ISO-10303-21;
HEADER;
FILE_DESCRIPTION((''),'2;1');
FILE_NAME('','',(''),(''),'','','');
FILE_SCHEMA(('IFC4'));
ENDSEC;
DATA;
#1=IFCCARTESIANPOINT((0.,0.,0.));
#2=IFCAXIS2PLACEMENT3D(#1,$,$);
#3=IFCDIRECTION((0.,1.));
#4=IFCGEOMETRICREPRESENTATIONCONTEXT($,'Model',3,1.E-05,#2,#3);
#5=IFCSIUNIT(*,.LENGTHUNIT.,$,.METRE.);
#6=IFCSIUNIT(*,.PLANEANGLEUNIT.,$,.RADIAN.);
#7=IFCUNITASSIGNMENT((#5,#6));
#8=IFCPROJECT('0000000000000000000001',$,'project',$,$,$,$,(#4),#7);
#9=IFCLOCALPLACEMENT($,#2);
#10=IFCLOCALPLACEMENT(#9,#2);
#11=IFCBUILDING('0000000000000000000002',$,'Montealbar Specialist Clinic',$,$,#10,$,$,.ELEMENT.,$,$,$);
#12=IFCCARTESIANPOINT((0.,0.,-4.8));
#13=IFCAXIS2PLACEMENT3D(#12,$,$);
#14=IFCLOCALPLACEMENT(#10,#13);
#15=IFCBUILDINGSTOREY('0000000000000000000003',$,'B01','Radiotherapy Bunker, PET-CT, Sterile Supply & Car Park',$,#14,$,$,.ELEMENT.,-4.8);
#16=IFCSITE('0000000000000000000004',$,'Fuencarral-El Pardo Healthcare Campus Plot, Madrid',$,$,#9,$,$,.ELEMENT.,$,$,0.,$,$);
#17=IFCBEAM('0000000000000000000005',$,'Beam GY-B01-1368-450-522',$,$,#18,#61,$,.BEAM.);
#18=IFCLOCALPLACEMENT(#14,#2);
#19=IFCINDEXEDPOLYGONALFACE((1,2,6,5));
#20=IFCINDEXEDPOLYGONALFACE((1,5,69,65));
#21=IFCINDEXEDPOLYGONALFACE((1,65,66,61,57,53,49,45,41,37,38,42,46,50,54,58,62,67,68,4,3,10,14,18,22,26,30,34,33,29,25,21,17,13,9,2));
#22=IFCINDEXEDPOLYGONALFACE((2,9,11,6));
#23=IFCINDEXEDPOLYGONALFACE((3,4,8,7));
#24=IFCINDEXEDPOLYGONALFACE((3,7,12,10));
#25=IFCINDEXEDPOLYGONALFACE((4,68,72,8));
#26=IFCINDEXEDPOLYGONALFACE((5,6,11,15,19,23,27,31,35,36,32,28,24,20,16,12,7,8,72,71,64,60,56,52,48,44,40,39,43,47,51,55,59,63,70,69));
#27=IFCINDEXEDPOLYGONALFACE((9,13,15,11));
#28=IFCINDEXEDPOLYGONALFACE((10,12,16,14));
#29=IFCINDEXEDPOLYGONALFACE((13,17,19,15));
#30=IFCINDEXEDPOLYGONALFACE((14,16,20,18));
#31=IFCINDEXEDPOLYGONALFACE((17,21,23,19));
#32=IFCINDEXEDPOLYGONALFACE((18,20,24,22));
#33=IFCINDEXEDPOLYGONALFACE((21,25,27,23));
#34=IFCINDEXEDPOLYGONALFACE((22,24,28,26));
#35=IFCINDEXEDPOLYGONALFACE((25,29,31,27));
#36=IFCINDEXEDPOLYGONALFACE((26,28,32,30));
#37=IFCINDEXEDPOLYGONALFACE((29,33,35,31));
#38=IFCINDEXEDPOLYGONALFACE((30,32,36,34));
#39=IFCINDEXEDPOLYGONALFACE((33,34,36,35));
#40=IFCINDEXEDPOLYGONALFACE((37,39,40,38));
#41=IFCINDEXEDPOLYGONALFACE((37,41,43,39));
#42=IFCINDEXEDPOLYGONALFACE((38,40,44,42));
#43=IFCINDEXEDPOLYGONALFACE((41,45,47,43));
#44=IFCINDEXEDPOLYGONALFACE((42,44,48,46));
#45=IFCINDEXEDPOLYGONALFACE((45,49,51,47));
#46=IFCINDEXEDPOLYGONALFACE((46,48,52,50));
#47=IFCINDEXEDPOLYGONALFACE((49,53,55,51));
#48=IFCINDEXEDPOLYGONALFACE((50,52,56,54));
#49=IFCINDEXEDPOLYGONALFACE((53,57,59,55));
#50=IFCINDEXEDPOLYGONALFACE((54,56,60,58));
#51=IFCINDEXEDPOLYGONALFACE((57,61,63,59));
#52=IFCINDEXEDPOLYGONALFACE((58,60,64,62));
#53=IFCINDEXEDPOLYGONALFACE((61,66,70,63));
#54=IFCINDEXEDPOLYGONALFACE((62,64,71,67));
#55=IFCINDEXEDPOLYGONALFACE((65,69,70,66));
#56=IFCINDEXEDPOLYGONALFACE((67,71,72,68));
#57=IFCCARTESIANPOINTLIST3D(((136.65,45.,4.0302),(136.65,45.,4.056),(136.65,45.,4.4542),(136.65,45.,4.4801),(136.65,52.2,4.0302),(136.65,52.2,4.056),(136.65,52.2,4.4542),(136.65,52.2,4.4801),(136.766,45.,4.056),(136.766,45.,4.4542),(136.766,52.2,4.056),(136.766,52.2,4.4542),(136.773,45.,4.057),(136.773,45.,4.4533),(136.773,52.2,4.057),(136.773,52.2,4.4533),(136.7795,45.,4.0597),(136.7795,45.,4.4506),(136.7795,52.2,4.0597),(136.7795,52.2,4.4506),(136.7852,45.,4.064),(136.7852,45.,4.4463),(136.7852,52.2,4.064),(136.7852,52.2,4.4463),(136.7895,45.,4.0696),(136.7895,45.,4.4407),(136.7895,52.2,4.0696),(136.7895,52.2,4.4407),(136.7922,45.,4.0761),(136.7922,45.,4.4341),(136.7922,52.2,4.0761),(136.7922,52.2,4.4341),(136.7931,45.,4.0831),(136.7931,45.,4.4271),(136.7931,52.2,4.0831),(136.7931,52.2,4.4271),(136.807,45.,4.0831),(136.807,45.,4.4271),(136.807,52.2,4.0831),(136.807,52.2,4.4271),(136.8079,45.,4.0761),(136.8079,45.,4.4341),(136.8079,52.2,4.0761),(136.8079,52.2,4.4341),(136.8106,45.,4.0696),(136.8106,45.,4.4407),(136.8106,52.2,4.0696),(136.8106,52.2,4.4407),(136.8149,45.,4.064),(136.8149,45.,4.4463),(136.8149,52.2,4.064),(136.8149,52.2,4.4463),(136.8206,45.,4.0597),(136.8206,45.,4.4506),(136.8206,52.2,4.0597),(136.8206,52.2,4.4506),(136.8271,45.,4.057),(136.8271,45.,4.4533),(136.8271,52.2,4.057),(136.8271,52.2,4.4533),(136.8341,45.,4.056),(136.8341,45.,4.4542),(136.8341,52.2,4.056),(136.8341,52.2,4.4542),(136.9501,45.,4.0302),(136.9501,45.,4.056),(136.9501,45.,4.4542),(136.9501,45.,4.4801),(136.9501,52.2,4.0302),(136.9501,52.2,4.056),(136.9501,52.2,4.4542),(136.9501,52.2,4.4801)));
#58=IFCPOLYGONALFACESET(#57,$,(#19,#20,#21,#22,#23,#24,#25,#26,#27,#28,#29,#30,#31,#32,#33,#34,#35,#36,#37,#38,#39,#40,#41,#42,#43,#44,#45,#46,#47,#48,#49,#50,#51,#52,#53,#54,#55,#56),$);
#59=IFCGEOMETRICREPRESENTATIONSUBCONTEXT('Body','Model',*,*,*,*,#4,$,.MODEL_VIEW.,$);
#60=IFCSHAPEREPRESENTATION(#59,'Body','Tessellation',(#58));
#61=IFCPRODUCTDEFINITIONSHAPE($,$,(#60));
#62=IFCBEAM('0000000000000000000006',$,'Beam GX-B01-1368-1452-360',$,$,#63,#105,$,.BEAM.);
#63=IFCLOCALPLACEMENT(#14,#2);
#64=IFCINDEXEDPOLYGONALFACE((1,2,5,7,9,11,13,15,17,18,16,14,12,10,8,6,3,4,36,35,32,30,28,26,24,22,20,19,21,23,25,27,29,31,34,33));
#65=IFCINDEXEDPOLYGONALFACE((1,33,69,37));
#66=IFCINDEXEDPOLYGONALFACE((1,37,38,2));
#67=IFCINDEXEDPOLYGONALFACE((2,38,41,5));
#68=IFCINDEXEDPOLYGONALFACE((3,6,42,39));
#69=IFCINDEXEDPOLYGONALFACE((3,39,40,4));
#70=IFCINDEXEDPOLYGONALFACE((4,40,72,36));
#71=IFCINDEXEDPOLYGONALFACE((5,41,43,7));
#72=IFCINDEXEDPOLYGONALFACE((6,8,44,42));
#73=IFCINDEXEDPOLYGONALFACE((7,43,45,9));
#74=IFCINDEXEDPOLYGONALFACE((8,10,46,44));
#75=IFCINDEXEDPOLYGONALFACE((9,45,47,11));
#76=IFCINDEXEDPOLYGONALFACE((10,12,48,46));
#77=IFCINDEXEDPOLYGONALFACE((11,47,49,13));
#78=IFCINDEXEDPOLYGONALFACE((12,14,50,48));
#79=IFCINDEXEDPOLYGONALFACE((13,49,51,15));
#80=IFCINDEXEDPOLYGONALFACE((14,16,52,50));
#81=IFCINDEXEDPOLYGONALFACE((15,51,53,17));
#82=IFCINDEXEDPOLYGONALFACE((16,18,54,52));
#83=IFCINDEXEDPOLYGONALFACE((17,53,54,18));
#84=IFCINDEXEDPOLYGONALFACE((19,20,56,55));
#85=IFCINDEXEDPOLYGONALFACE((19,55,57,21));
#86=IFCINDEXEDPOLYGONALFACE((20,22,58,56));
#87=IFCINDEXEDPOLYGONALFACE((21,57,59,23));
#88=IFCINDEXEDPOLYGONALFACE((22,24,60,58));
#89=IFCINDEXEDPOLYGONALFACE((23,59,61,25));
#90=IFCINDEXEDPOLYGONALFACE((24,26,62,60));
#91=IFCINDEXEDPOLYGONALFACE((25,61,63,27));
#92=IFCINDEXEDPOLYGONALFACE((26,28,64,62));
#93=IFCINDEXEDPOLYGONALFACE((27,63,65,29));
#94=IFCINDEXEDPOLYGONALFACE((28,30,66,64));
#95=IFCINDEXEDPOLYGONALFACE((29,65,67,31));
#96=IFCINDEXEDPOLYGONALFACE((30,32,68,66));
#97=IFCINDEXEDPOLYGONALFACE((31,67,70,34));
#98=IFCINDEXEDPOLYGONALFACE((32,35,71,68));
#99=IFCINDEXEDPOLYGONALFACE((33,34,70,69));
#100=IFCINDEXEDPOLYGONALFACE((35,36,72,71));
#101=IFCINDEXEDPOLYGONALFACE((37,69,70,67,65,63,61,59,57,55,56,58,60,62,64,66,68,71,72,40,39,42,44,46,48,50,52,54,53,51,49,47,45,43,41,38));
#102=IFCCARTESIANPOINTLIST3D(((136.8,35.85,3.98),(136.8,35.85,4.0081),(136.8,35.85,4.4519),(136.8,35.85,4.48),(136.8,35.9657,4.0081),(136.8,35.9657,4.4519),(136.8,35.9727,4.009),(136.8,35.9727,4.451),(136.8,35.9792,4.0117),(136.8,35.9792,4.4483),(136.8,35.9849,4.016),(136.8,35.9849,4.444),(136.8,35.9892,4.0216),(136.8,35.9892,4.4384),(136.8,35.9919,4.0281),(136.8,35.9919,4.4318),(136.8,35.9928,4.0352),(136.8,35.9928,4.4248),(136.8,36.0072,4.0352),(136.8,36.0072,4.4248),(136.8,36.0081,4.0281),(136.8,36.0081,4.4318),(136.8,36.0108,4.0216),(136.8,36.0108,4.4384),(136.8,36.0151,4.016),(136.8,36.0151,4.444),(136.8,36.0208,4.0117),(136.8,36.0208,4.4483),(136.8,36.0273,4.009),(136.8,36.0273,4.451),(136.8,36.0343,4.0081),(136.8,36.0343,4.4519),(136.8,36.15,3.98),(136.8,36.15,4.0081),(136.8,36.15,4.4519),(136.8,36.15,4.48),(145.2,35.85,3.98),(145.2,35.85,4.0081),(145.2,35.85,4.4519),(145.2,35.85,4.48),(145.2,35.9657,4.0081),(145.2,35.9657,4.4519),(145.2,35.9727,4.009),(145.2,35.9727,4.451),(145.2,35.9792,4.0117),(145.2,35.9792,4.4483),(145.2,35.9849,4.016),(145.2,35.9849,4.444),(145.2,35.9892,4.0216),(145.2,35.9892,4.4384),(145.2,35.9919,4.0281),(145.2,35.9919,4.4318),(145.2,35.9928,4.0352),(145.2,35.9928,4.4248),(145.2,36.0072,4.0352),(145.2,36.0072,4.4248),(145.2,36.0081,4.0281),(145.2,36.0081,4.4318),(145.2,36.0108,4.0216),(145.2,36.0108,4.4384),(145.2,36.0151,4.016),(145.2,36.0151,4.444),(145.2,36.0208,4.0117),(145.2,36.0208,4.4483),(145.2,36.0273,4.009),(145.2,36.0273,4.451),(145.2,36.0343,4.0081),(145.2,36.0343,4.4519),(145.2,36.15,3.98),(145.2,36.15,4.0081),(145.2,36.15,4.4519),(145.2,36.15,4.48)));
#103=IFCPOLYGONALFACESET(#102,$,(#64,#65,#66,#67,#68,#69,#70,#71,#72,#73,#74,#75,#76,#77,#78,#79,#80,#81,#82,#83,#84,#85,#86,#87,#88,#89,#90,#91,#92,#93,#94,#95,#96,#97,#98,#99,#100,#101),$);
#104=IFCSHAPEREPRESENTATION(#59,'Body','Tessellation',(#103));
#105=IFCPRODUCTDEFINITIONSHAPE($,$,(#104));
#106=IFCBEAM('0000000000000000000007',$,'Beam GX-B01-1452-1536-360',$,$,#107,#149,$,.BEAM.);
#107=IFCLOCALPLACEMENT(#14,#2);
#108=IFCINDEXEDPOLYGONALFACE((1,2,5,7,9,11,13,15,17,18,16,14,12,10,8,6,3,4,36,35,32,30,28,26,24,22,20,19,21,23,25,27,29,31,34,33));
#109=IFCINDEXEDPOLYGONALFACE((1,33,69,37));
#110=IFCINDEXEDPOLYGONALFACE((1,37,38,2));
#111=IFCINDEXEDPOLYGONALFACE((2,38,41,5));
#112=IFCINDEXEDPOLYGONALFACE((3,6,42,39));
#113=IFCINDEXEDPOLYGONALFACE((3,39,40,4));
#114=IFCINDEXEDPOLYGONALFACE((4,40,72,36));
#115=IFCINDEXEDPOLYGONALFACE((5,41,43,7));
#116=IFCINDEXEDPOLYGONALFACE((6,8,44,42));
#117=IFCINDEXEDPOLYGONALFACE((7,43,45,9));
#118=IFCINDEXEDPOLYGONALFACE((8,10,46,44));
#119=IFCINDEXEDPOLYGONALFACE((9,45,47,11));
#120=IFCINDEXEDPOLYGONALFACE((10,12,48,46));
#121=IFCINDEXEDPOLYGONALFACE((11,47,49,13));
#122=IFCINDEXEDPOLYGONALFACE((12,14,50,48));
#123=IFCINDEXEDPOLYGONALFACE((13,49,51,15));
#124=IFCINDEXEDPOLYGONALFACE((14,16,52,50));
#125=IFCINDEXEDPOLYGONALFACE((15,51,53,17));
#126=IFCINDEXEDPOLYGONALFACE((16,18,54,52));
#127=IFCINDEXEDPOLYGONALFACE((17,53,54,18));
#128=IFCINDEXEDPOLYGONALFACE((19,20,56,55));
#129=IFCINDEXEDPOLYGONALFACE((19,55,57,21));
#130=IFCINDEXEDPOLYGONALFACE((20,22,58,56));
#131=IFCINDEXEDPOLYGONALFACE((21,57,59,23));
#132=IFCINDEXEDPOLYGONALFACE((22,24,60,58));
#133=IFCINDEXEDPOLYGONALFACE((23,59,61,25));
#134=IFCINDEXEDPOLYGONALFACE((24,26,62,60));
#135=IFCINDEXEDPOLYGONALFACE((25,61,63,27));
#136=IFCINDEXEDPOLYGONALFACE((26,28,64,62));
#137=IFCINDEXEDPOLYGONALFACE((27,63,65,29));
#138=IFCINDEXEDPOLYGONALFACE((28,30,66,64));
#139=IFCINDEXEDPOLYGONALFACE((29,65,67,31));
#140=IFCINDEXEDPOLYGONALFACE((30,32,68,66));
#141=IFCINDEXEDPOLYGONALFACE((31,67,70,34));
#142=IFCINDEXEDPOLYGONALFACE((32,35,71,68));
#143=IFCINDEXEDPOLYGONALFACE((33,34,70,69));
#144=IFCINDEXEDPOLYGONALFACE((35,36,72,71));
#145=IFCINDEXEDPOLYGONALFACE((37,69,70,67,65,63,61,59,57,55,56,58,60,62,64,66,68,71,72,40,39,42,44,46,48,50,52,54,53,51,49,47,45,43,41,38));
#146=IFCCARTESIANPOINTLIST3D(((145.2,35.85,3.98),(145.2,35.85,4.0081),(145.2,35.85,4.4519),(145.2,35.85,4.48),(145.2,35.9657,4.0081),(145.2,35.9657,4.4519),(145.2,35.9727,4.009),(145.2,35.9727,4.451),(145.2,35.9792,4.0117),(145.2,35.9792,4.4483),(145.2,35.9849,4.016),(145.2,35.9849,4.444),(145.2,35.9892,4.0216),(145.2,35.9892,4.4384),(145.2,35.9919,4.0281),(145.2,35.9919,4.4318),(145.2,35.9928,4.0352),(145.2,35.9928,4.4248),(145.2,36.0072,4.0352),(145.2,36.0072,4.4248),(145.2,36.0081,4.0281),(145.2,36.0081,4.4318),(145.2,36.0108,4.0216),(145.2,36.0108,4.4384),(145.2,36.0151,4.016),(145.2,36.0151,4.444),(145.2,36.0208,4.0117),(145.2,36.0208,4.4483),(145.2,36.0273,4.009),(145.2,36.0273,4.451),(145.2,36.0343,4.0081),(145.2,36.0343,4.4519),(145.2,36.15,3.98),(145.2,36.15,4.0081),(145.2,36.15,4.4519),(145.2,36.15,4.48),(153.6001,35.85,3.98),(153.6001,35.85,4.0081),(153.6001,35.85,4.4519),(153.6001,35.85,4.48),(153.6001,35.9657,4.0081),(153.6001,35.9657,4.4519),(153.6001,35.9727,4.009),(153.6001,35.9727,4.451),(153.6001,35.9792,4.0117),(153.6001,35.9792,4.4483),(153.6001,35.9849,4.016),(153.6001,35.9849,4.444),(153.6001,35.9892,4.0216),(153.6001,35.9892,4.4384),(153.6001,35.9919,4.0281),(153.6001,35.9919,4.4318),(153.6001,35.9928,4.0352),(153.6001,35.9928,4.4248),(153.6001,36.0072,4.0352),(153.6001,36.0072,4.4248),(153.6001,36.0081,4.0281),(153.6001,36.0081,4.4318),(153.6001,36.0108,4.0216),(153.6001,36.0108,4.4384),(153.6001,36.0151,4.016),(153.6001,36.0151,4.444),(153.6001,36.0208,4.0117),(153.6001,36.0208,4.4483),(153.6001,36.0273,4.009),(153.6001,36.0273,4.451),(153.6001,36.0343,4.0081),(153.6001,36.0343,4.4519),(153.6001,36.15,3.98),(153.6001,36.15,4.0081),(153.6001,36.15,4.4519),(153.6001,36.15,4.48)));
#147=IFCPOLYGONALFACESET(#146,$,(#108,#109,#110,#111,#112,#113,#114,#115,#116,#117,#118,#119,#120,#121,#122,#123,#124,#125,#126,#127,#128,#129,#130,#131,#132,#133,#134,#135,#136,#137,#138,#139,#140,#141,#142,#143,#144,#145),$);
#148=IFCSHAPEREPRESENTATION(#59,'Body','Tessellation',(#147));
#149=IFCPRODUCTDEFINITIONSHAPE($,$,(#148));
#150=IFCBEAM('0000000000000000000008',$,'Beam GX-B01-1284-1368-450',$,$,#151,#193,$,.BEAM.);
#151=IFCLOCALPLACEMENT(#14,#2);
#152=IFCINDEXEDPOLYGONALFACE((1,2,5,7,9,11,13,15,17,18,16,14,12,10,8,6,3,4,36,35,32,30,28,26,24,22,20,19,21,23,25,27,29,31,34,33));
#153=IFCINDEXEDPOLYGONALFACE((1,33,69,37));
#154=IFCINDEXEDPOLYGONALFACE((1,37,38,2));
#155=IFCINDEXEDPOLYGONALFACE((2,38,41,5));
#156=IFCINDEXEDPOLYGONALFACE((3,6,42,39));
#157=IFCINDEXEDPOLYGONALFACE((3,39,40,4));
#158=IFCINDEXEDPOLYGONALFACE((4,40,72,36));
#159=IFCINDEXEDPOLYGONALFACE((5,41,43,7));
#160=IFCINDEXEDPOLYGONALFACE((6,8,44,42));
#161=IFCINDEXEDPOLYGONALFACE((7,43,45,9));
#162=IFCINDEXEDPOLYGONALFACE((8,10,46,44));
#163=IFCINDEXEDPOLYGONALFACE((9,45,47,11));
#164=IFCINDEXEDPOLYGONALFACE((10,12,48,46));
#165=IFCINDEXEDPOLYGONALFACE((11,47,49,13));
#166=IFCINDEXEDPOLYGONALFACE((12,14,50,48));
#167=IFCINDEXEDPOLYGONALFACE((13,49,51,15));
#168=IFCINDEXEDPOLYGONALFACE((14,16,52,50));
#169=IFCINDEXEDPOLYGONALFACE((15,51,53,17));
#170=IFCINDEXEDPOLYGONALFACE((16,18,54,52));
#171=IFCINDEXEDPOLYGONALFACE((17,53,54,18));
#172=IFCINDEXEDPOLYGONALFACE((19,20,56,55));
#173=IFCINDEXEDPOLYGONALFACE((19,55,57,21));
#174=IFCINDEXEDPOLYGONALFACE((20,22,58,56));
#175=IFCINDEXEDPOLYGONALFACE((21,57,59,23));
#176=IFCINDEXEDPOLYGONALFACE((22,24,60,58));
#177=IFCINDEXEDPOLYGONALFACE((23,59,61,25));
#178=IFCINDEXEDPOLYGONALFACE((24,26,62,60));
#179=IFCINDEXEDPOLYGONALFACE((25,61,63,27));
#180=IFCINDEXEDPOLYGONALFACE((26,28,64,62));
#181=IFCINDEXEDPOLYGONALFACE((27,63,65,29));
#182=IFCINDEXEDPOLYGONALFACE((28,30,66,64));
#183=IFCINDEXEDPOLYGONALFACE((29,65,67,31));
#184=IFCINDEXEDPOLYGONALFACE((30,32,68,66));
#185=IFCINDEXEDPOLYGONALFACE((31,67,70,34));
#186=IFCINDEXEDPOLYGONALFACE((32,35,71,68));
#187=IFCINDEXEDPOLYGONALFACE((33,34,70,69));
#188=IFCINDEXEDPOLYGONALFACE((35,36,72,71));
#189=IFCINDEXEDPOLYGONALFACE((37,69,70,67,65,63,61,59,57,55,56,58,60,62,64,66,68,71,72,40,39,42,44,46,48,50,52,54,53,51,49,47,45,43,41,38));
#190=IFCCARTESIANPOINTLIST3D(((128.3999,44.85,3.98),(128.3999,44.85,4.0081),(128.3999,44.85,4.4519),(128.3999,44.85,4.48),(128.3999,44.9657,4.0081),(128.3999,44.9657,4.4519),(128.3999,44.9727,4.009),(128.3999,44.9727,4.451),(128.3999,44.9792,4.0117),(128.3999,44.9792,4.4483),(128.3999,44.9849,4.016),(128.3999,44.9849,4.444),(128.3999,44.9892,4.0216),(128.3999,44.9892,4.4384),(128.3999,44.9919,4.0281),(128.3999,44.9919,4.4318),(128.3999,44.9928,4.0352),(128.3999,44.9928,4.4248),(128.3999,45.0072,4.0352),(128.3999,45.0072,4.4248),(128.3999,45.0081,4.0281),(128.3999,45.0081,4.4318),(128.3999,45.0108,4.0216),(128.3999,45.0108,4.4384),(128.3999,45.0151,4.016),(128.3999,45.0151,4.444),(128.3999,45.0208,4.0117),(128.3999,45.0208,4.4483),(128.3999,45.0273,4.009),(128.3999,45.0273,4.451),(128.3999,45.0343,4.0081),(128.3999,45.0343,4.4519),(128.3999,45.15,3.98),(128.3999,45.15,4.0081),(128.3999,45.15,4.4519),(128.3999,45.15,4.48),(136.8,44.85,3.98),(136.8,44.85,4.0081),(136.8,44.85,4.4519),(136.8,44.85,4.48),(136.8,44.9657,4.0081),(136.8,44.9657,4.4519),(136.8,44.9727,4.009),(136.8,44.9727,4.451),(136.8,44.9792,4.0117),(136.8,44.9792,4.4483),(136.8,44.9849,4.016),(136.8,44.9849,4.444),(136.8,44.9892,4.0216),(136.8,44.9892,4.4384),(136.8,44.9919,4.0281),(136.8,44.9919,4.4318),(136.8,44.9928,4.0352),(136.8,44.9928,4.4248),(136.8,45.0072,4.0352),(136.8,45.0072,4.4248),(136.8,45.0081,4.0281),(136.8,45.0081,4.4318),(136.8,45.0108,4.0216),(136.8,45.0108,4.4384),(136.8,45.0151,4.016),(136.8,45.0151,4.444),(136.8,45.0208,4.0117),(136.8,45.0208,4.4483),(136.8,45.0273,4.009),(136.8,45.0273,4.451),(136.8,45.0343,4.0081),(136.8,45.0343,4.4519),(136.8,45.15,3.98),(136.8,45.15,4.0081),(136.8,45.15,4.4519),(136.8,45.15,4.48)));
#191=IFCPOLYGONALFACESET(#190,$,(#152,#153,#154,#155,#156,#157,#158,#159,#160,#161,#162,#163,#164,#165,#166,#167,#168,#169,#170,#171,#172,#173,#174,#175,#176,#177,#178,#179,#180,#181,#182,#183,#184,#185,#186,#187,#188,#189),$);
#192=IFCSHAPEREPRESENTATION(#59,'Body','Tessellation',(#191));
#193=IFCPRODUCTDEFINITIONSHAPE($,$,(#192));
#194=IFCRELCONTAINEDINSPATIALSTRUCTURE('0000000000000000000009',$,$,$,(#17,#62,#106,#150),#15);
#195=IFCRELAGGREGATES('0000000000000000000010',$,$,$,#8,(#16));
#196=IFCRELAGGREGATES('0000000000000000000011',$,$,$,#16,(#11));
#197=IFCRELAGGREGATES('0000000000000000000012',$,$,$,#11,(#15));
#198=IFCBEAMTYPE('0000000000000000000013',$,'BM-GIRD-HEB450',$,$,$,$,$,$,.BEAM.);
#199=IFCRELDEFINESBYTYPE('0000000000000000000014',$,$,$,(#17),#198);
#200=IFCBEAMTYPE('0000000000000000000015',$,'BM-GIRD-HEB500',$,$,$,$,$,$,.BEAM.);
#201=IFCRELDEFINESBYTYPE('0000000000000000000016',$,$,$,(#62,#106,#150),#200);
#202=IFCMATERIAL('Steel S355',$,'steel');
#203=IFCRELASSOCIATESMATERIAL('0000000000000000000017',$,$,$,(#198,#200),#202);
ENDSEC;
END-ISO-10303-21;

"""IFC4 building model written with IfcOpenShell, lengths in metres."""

from ifc_helpers import new_model, si_unit, direction, frame, origin, origin_2d, place, context, subcontext, project, spatial, i_section, extrude, material, material_profile, profile_set, type_object, element, save


model = new_model("IFC4")

# Units and contexts
model_context = context("Model", 3, precision=1e-05, world=origin(), true_north=direction((0.0, 1.0)))
body_context = subcontext(model_context, "Body", "Model", "MODEL_VIEW")
ifc_project = project(units=[si_unit("LENGTHUNIT", "METRE"), si_unit("PLANEANGLEUNIT", "RADIAN")], contexts=[model_context])

# Site, building, storey
site_placement = place(None, origin())
site = spatial("IfcSite", under=ifc_project, at=site_placement, Name="Fuencarral-El Pardo Healthcare Campus Plot, Madrid", CompositionType="ELEMENT", RefElevation=0.0)
building_placement = place(site_placement, origin())
building = spatial("IfcBuilding", under=site, at=building_placement, Name="Montealbar Specialist Clinic", CompositionType="ELEMENT")
storey_placement = place(building_placement, frame((0.0, 0.0, -4.8)))
storey = spatial("IfcBuildingStorey", under=building, at=storey_placement, Name="B01", Description="Radiotherapy Bunker, PET-CT, Sterile Supply & Car Park", CompositionType="ELEMENT", Elevation=-4.8)

# Shared definitions
ifc_material_1 = material(Name="Steel S355", Category="steel")

# Beams
ifc_material_profile_1 = material_profile(ifc_material_1, i_section(OverallWidth=0.3, OverallDepth=0.45, WebThickness=0.0139, FlangeThickness=0.0259, FilletRadius=0.0271, at=origin_2d()), Name="HEB 450", Category="steel")
ifc_profile_set_1 = profile_set([ifc_material_profile_1], Name="Steel S355")
beam_type_1 = type_object("IfcBeamType", Name="BM-GIRD-HEB450", PredefinedType="BEAM", material=ifc_profile_set_1)
for number, where, z_axis, x_axis, name in (
    (1, (136.8, 45.0, 4.2551), (0.0, 1.0, 0.0), (-1.0, 0.0, 0.0), "Beam GY-B01-1368-450-522"),
):
    element("IfcBeam", number, at=place(storey_placement, frame(where, z_axis=z_axis, x_axis=x_axis)), inside=storey, type_object=beam_type_1, Name=name, PredefinedType="BEAM", context=body_context, shape_type="SweptSolid", body=[
        extrude(i_section(OverallWidth=0.3, OverallDepth=0.45, WebThickness=0.0139, FlangeThickness=0.0259, FilletRadius=0.0271, at=origin_2d()), origin(), (0.0, 0.0, 1.0), 7.2),
    ])
ifc_material_profile_2 = material_profile(ifc_material_1, i_section(OverallWidth=0.3, OverallDepth=0.5, WebThickness=0.0144, FlangeThickness=0.0281, FilletRadius=0.0271, at=origin_2d()), Name="HEB 500", Category="steel")
ifc_profile_set_2 = profile_set([ifc_material_profile_2], Name="Steel S355")
beam_type_2 = type_object("IfcBeamType", Name="BM-GIRD-HEB500", PredefinedType="BEAM", material=ifc_profile_set_2)
beam_1_placement = place(storey_placement, frame((136.8, 36.0, 4.23), z_axis=(1.0, 0.0, 0.0), x_axis=(0.0, 1.0, 0.0)))
element("IfcBeam", 2, at=beam_1_placement, inside=storey, type_object=beam_type_2, Name="Beam GX-B01-1368-1452-360", PredefinedType="BEAM", context=body_context, shape_type="SweptSolid", body=[
    extrude(i_section(OverallWidth=0.3, OverallDepth=0.5, WebThickness=0.0144, FlangeThickness=0.0281, FilletRadius=0.0271, at=origin_2d()), origin(), (0.0, 0.0, 1.0), 8.3999),
])
for number, where, z_axis, x_axis, name in (
    (3, (145.2, 36.0, 4.23), (1.0, 0.0, 0.0), (0.0, 1.0, 0.0), "Beam GX-B01-1452-1536-360"),
    (4, (128.3999, 45.0, 4.23), (1.0, 0.0, 0.0), (0.0, 1.0, 0.0), "Beam GX-B01-1284-1368-450"),
):
    element("IfcBeam", number, at=place(storey_placement, frame(where, z_axis=z_axis, x_axis=x_axis)), inside=storey, type_object=beam_type_2, Name=name, PredefinedType="BEAM", context=body_context, shape_type="SweptSolid", body=[
        extrude(i_section(OverallWidth=0.3, OverallDepth=0.5, WebThickness=0.0144, FlangeThickness=0.0281, FilletRadius=0.0271, at=origin_2d()), origin(), (0.0, 0.0, 1.0), 8.4001),
    ])

save(model, "model.ifc")
